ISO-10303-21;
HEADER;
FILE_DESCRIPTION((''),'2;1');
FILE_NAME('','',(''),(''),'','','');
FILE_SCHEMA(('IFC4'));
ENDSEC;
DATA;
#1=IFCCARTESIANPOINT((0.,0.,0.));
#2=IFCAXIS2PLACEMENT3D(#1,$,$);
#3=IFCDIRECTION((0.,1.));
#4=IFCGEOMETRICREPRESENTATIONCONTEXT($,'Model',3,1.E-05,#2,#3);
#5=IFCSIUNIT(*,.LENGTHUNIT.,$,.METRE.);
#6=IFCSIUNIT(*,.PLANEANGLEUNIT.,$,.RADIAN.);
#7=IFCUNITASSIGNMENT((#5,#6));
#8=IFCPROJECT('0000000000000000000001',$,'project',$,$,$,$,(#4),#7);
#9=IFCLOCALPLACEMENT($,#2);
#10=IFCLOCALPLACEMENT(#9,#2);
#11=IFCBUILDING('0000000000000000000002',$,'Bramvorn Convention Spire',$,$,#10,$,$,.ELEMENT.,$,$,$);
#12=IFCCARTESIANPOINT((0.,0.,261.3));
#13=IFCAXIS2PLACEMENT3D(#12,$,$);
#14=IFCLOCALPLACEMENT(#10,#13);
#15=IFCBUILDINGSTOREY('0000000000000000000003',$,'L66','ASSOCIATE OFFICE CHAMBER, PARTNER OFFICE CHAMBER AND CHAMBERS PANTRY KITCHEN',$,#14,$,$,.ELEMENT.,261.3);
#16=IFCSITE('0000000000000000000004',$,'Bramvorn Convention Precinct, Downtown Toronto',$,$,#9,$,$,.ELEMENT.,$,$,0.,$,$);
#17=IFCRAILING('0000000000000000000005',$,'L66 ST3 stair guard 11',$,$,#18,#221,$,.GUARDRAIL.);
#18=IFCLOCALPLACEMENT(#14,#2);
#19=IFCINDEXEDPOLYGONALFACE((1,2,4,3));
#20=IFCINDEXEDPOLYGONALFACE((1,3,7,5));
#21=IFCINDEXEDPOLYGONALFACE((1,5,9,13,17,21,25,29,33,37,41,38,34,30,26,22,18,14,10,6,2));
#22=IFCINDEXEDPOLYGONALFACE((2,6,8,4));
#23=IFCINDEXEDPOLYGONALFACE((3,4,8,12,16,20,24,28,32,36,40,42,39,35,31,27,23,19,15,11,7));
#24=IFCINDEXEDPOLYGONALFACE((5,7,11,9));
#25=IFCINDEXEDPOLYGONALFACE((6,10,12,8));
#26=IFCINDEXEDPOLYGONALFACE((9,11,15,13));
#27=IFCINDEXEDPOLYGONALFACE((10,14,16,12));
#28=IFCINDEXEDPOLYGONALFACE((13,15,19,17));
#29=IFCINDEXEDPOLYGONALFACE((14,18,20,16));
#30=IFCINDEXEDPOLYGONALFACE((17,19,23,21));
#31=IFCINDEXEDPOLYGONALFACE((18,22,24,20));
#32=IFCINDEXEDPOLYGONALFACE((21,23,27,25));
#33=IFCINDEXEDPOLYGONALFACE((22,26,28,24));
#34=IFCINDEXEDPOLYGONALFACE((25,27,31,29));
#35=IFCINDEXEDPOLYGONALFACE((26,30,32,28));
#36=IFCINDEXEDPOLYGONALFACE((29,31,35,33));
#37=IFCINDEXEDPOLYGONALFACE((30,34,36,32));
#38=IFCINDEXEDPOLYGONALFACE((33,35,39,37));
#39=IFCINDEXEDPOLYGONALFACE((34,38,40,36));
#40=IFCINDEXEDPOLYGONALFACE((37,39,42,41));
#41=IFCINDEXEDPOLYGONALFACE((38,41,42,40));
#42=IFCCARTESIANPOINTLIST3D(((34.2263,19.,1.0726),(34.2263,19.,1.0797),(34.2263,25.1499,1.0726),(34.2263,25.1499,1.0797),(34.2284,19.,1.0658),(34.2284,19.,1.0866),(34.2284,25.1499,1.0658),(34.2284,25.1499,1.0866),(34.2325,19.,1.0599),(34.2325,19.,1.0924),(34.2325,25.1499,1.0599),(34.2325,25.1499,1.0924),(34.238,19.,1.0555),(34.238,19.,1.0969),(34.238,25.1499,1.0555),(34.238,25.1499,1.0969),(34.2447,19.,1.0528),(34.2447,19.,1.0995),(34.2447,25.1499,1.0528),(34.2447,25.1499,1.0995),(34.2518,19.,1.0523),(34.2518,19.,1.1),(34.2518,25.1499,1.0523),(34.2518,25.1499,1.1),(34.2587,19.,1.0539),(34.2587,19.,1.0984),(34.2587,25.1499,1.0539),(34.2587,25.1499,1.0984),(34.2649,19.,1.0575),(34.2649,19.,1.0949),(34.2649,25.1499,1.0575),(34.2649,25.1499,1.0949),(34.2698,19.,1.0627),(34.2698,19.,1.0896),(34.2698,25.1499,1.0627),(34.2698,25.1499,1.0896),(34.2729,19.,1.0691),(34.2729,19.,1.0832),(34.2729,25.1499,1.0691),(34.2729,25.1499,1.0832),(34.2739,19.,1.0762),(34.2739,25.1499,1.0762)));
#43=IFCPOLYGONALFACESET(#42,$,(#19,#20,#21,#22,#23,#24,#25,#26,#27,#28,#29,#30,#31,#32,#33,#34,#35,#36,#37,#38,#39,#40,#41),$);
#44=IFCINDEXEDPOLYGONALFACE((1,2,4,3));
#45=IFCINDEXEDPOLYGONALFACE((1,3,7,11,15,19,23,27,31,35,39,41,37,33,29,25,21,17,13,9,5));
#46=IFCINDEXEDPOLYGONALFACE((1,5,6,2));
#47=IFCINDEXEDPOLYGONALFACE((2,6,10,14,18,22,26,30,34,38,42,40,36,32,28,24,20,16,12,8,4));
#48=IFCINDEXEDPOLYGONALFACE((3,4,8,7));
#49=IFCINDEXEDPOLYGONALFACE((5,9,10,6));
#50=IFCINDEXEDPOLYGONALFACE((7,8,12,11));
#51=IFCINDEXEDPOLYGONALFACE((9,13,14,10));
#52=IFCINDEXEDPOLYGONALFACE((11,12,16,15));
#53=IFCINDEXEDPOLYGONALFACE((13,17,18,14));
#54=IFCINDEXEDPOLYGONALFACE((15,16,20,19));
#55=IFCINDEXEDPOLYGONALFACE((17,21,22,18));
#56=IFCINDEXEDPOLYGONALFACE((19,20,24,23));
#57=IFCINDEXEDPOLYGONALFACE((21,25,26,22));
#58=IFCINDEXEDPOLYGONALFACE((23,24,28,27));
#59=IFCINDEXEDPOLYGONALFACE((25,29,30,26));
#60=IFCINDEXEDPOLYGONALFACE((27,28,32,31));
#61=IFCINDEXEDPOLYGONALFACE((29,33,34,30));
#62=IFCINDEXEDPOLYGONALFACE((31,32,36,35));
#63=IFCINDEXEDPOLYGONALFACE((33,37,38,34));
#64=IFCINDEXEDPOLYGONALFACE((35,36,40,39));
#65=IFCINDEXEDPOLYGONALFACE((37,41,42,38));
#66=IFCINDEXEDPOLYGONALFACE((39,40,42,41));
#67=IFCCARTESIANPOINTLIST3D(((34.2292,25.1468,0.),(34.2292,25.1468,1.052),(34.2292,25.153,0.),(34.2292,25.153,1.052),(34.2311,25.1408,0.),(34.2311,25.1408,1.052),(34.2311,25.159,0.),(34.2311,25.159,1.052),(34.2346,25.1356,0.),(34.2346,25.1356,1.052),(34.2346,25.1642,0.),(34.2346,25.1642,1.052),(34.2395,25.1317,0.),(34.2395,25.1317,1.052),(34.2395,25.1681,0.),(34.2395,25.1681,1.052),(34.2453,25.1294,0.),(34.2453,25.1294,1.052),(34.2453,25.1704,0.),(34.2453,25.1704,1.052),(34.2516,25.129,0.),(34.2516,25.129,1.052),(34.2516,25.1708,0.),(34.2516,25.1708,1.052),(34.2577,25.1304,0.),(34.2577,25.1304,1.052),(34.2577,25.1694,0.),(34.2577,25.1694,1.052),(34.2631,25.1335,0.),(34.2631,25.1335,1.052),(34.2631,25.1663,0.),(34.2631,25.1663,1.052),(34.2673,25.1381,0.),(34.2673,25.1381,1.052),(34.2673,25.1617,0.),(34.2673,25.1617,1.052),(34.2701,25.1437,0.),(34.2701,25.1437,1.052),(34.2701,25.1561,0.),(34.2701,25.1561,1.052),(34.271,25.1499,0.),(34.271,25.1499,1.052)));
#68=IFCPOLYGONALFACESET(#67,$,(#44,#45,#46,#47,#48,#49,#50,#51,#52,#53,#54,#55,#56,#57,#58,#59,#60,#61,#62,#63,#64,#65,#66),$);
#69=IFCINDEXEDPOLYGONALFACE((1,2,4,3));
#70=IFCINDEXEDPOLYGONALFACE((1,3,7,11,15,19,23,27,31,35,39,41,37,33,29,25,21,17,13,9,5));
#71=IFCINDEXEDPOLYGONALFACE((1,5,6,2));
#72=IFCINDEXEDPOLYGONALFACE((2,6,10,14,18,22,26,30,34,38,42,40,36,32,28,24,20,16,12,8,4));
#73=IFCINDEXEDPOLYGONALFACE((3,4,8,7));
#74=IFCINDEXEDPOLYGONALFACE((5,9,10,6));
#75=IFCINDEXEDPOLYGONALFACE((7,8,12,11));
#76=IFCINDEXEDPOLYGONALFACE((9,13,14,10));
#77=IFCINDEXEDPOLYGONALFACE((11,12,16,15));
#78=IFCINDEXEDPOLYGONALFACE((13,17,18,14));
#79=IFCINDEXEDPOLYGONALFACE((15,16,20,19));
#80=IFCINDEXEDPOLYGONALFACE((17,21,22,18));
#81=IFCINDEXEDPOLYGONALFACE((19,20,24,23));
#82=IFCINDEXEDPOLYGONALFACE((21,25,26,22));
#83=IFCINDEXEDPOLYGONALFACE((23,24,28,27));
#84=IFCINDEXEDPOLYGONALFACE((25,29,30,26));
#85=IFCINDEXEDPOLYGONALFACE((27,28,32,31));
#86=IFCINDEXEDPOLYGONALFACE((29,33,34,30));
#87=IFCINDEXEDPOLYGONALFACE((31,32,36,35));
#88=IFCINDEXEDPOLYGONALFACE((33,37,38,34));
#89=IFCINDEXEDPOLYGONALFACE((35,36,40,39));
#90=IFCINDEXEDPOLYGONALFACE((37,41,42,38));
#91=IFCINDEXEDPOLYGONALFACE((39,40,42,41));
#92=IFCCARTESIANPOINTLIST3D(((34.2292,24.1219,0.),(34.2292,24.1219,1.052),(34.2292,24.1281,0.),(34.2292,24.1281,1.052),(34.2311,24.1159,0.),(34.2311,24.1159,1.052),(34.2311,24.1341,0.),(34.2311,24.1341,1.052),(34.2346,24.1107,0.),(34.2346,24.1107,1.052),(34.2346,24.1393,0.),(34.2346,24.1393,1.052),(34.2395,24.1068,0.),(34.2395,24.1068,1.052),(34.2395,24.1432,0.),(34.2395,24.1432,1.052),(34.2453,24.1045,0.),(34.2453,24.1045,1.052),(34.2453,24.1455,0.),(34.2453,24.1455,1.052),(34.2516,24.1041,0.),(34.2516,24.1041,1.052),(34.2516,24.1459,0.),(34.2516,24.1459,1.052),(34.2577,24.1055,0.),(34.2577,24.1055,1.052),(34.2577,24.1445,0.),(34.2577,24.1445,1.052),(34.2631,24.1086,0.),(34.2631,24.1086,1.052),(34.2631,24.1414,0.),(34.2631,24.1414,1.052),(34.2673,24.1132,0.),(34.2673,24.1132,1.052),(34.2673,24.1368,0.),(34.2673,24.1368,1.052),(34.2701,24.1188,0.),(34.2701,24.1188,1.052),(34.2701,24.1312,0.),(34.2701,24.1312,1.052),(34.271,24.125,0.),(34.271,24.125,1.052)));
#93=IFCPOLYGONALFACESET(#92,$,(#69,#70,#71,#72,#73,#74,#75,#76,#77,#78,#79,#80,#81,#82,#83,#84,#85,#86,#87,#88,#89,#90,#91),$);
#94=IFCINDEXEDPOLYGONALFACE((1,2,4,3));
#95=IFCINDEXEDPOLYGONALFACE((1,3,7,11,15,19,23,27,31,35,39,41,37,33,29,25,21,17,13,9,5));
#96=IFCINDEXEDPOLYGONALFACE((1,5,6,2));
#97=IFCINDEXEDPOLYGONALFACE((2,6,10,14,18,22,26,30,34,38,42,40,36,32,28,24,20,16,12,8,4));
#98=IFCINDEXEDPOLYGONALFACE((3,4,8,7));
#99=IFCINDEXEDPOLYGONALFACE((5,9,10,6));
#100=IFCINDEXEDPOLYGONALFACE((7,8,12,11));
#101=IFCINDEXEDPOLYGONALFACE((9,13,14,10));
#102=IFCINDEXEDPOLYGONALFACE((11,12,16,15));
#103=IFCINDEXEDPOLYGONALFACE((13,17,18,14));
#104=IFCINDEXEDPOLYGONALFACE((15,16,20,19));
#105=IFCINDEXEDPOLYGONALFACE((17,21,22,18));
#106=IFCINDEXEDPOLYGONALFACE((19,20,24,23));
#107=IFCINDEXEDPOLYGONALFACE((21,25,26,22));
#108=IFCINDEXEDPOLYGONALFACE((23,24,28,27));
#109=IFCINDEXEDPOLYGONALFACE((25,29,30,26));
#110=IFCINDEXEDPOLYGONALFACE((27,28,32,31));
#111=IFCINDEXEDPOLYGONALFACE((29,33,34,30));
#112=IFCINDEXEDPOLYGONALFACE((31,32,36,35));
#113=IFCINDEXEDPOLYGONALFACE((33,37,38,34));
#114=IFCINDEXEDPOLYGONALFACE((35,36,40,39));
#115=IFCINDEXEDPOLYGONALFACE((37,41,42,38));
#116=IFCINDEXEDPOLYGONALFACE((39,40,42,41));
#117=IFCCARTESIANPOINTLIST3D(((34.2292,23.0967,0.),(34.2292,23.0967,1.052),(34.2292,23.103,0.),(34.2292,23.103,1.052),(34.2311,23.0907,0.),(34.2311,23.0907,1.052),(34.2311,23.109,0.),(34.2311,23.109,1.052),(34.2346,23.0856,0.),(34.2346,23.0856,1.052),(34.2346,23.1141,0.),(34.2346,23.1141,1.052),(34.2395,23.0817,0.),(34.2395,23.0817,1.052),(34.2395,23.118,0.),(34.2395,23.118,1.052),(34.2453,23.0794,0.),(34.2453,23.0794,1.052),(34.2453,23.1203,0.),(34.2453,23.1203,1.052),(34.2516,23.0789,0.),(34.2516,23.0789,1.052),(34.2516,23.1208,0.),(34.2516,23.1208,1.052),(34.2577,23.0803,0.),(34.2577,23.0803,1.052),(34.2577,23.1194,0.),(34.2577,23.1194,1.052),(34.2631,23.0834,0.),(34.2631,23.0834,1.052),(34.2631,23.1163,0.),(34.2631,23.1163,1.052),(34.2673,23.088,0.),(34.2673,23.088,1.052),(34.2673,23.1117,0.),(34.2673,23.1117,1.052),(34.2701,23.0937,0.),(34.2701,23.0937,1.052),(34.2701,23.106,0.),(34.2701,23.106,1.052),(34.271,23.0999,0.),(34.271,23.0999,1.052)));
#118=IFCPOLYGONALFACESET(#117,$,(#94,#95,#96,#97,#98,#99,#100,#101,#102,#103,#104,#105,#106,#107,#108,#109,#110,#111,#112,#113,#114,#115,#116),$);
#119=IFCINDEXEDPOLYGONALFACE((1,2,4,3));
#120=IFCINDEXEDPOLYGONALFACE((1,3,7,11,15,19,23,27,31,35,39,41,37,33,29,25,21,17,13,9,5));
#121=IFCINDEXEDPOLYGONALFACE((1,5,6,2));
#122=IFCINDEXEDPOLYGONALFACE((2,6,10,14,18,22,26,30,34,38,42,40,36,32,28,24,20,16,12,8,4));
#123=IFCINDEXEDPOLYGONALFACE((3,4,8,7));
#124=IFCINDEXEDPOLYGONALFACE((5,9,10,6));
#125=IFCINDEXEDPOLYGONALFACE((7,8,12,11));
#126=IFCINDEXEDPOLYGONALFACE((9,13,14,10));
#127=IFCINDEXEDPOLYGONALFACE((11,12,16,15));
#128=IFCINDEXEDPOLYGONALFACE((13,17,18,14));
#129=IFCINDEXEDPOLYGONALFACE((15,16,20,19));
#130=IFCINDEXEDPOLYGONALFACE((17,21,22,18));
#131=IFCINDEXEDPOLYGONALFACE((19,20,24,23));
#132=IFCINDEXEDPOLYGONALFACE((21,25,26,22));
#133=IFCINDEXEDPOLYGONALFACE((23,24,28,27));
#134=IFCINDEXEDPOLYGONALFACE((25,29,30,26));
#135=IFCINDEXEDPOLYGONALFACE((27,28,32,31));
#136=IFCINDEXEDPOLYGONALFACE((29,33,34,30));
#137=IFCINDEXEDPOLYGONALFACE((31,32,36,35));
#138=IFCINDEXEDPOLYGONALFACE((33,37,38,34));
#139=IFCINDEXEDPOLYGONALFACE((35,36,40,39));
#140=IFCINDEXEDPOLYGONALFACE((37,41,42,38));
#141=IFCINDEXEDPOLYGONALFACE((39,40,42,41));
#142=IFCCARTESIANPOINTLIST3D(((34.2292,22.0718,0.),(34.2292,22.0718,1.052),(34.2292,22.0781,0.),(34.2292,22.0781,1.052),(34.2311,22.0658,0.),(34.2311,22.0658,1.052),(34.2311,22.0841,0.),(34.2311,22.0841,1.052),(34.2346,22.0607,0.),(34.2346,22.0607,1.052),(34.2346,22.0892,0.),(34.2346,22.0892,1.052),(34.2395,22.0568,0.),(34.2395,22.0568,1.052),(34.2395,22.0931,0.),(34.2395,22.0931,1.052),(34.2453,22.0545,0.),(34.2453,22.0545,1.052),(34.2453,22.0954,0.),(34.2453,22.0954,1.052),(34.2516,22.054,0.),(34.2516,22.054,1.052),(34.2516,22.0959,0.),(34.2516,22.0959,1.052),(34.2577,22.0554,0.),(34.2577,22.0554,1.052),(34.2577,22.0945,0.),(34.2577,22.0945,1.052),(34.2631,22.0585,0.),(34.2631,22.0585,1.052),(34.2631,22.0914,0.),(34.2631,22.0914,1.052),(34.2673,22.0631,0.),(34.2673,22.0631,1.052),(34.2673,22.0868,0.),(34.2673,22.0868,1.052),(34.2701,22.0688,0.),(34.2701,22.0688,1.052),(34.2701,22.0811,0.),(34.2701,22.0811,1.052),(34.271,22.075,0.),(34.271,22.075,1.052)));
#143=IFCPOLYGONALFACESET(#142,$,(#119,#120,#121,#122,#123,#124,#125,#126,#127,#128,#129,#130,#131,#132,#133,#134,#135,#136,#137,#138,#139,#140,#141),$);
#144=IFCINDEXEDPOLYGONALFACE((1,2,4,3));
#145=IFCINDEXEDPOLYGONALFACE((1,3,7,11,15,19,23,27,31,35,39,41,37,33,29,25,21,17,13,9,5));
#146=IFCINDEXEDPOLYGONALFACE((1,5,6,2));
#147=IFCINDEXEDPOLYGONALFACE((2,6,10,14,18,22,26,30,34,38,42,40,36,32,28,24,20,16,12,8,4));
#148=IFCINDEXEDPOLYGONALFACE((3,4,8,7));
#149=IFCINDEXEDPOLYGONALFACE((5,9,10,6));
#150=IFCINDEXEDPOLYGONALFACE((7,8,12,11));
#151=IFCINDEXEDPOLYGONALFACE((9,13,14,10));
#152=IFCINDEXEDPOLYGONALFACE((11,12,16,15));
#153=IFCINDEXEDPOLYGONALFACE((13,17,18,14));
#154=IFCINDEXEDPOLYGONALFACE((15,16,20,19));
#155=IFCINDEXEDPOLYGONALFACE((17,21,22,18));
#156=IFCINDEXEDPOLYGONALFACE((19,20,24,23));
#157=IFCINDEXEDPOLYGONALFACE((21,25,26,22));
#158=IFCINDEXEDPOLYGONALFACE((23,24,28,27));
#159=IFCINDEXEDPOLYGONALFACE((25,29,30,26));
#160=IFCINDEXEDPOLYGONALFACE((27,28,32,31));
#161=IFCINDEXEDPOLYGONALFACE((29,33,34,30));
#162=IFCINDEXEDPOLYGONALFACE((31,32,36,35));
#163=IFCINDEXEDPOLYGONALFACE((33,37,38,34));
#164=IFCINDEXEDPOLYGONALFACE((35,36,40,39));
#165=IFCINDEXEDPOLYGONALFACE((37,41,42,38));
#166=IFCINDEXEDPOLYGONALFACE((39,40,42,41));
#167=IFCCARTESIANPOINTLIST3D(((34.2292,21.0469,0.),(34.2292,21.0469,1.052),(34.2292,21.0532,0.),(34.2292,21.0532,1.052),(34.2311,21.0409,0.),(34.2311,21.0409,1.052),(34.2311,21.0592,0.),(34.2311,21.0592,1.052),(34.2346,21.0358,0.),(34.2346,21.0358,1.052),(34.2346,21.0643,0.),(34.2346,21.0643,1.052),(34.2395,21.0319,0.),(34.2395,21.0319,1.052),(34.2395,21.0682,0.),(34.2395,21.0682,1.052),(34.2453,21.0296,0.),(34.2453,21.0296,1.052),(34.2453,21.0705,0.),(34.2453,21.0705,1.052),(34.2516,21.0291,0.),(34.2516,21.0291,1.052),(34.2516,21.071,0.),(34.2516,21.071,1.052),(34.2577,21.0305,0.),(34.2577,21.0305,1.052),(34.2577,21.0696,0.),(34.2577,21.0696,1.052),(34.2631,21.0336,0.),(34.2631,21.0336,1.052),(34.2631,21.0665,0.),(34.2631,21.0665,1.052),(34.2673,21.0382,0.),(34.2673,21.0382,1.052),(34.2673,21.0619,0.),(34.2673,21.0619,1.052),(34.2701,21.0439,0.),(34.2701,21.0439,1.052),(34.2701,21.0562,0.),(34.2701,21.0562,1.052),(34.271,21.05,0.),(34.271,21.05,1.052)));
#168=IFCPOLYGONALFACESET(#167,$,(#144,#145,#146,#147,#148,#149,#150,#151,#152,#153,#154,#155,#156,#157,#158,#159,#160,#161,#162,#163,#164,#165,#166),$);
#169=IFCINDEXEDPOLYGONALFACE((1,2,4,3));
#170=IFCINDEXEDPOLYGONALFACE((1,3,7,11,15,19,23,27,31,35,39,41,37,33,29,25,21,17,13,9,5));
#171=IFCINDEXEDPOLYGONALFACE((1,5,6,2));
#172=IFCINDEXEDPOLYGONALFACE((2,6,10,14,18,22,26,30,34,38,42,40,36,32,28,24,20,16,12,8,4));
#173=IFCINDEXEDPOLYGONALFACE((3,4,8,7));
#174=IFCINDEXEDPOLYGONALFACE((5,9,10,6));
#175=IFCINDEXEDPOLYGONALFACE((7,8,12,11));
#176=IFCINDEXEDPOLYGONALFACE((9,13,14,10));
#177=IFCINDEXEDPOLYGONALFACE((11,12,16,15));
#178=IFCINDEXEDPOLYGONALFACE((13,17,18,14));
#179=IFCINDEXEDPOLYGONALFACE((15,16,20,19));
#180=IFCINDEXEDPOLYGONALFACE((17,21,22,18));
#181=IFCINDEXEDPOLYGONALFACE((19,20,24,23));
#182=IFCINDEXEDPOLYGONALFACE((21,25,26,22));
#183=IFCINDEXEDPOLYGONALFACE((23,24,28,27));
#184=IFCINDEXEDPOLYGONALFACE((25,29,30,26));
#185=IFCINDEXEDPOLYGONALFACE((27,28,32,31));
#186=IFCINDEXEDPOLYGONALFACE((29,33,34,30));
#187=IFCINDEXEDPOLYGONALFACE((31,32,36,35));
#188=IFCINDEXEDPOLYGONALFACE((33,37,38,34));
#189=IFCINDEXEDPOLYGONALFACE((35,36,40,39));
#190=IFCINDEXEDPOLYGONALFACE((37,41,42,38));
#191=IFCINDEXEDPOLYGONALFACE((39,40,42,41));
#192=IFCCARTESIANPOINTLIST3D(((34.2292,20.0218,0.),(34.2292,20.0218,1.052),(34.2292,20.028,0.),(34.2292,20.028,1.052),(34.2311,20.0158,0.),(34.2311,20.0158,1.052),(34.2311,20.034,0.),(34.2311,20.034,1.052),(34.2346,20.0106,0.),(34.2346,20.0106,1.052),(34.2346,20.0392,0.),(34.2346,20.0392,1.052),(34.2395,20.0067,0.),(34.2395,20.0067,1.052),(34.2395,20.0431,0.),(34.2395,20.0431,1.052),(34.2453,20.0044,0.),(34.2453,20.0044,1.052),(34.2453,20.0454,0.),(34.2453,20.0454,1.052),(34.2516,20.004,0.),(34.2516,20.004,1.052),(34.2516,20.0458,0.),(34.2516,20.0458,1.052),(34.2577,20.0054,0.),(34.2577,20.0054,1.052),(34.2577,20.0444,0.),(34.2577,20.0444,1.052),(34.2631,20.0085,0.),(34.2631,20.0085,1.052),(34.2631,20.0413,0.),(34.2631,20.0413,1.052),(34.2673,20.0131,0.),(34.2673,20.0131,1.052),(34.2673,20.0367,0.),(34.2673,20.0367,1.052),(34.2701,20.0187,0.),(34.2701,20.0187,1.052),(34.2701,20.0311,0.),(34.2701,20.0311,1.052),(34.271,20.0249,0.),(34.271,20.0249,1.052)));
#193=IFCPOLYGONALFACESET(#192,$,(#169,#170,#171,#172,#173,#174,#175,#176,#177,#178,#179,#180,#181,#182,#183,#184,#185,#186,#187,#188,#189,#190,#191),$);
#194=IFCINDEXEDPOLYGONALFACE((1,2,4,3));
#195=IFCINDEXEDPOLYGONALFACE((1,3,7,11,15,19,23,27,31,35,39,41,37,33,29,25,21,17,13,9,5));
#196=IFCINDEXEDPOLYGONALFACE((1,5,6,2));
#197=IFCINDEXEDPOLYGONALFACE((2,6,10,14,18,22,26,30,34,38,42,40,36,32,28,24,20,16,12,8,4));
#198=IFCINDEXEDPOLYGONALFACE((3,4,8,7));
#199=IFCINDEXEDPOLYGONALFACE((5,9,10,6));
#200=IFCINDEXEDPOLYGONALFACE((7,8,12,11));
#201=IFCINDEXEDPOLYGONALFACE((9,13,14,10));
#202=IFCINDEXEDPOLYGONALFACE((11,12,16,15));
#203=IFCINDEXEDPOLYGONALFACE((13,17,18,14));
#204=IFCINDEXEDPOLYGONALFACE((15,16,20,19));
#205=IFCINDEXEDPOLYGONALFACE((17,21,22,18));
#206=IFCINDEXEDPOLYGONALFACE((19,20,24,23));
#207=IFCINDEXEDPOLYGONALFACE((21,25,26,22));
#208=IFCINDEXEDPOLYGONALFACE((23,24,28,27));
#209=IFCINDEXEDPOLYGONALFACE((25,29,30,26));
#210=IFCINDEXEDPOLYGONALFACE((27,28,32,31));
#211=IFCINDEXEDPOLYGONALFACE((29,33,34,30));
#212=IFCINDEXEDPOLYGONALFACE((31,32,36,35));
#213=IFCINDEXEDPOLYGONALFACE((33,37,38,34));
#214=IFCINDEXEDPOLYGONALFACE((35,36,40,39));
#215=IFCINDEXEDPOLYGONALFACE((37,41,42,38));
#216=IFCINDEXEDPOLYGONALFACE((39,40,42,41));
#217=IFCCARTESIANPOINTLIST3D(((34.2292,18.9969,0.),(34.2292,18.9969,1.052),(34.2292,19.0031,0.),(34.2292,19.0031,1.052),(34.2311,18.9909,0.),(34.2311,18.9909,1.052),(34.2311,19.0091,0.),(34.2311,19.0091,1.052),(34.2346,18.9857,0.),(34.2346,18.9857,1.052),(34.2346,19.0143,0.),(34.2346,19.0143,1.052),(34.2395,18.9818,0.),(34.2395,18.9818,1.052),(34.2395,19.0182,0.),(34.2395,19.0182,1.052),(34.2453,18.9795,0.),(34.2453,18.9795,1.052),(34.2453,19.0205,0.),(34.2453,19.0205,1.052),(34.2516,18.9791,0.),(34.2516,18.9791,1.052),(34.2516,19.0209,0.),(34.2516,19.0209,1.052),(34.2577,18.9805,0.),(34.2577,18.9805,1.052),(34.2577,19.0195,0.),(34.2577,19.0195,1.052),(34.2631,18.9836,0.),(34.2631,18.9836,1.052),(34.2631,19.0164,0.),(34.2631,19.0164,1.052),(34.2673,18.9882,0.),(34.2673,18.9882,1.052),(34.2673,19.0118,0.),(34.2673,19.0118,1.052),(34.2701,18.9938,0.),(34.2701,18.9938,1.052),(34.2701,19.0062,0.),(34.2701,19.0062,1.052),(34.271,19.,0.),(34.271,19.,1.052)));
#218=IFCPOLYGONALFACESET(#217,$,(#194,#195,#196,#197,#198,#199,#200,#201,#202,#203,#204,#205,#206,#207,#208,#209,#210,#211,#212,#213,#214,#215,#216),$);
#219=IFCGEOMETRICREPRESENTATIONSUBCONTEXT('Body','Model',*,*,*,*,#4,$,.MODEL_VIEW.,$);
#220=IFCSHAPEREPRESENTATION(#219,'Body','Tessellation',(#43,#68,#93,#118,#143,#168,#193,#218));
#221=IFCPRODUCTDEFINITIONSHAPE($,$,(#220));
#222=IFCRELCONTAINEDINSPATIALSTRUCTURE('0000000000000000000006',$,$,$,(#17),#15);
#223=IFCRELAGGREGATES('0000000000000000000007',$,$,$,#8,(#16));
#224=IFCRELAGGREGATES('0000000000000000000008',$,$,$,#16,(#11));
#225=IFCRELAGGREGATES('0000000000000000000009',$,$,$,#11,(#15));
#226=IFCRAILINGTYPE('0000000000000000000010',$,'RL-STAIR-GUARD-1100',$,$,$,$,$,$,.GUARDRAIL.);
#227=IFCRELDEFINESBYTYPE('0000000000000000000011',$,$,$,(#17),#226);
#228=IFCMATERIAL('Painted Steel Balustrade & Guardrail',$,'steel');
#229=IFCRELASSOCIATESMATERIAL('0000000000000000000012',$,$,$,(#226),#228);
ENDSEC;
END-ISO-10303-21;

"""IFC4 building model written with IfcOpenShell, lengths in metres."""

from ifc_helpers import new_model, si_unit, direction, frame, origin, origin_2d, place, context, subcontext, project, spatial, circle, extrude, material, type_object, element, save


model = new_model("IFC4")

# Units and contexts
model_context = context("Model", 3, precision=1e-05, world=origin(), true_north=direction((0.0, 1.0)))
body_context = subcontext(model_context, "Body", "Model", "MODEL_VIEW")
ifc_project = project(units=[si_unit("LENGTHUNIT", "METRE"), si_unit("PLANEANGLEUNIT", "RADIAN")], contexts=[model_context])

# Site, building, storey
site_placement = place(None, origin())
site = spatial("IfcSite", under=ifc_project, at=site_placement, Name="Bramvorn Convention Precinct, Downtown Toronto", CompositionType="ELEMENT", RefElevation=0.0)
building_placement = place(site_placement, origin())
building = spatial("IfcBuilding", under=site, at=building_placement, Name="Bramvorn Convention Spire", CompositionType="ELEMENT")
storey_placement = place(building_placement, frame((0.0, 0.0, 261.3)))
storey = spatial("IfcBuildingStorey", under=building, at=storey_placement, Name="L66", Description="ASSOCIATE OFFICE CHAMBER, PARTNER OFFICE CHAMBER AND CHAMBERS PANTRY KITCHEN", CompositionType="ELEMENT", Elevation=261.3)

# Railing
ifc_material_1 = material(Name="Painted Steel Balustrade & Guardrail", Category="steel")
railing_type_1 = type_object("IfcRailingType", Name="RL-STAIR-GUARD-1100", PredefinedType="GUARDRAIL", material=ifc_material_1)
railing_1_placement = place(storey_placement, frame((34.25, 25.1499, 0.0)))
element("IfcRailing", 1, at=railing_1_placement, inside=storey, type_object=railing_type_1, Name="L66 ST3 stair guard 11", PredefinedType="GUARDRAIL", context=body_context, shape_type="SweptSolid", body=[
    extrude(circle(Radius=0.0239, at=origin_2d()), frame((0.0, 0.0, 1.0762), z_axis=(0.0, -1.0, 0.0), x_axis=(1.0, 0.0, 0.0)), (0.0, 0.0, 1.0), 6.1499),
    extrude(circle(Radius=0.021, at=origin_2d()), origin(), (0.0, 0.0, 1.0), 1.052),
    extrude(circle(Radius=0.021, at=origin_2d()), frame((0.0, -1.0249, 0.0)), (0.0, 0.0, 1.0), 1.052),
    extrude(circle(Radius=0.021, at=origin_2d()), frame((0.0, -2.05, 0.0)), (0.0, 0.0, 1.0), 1.052),
    extrude(circle(Radius=0.021, at=origin_2d()), frame((0.0, -3.075, 0.0)), (0.0, 0.0, 1.0), 1.052),
    extrude(circle(Radius=0.021, at=origin_2d()), frame((0.0, -4.0999, 0.0)), (0.0, 0.0, 1.0), 1.052),
    extrude(circle(Radius=0.021, at=origin_2d()), frame((0.0, -5.125, 0.0)), (0.0, 0.0, 1.0), 1.052),
    extrude(circle(Radius=0.021, at=origin_2d()), frame((0.0, -6.1499, 0.0)), (0.0, 0.0, 1.0), 1.052),
])

save(model, "model.ifc")
